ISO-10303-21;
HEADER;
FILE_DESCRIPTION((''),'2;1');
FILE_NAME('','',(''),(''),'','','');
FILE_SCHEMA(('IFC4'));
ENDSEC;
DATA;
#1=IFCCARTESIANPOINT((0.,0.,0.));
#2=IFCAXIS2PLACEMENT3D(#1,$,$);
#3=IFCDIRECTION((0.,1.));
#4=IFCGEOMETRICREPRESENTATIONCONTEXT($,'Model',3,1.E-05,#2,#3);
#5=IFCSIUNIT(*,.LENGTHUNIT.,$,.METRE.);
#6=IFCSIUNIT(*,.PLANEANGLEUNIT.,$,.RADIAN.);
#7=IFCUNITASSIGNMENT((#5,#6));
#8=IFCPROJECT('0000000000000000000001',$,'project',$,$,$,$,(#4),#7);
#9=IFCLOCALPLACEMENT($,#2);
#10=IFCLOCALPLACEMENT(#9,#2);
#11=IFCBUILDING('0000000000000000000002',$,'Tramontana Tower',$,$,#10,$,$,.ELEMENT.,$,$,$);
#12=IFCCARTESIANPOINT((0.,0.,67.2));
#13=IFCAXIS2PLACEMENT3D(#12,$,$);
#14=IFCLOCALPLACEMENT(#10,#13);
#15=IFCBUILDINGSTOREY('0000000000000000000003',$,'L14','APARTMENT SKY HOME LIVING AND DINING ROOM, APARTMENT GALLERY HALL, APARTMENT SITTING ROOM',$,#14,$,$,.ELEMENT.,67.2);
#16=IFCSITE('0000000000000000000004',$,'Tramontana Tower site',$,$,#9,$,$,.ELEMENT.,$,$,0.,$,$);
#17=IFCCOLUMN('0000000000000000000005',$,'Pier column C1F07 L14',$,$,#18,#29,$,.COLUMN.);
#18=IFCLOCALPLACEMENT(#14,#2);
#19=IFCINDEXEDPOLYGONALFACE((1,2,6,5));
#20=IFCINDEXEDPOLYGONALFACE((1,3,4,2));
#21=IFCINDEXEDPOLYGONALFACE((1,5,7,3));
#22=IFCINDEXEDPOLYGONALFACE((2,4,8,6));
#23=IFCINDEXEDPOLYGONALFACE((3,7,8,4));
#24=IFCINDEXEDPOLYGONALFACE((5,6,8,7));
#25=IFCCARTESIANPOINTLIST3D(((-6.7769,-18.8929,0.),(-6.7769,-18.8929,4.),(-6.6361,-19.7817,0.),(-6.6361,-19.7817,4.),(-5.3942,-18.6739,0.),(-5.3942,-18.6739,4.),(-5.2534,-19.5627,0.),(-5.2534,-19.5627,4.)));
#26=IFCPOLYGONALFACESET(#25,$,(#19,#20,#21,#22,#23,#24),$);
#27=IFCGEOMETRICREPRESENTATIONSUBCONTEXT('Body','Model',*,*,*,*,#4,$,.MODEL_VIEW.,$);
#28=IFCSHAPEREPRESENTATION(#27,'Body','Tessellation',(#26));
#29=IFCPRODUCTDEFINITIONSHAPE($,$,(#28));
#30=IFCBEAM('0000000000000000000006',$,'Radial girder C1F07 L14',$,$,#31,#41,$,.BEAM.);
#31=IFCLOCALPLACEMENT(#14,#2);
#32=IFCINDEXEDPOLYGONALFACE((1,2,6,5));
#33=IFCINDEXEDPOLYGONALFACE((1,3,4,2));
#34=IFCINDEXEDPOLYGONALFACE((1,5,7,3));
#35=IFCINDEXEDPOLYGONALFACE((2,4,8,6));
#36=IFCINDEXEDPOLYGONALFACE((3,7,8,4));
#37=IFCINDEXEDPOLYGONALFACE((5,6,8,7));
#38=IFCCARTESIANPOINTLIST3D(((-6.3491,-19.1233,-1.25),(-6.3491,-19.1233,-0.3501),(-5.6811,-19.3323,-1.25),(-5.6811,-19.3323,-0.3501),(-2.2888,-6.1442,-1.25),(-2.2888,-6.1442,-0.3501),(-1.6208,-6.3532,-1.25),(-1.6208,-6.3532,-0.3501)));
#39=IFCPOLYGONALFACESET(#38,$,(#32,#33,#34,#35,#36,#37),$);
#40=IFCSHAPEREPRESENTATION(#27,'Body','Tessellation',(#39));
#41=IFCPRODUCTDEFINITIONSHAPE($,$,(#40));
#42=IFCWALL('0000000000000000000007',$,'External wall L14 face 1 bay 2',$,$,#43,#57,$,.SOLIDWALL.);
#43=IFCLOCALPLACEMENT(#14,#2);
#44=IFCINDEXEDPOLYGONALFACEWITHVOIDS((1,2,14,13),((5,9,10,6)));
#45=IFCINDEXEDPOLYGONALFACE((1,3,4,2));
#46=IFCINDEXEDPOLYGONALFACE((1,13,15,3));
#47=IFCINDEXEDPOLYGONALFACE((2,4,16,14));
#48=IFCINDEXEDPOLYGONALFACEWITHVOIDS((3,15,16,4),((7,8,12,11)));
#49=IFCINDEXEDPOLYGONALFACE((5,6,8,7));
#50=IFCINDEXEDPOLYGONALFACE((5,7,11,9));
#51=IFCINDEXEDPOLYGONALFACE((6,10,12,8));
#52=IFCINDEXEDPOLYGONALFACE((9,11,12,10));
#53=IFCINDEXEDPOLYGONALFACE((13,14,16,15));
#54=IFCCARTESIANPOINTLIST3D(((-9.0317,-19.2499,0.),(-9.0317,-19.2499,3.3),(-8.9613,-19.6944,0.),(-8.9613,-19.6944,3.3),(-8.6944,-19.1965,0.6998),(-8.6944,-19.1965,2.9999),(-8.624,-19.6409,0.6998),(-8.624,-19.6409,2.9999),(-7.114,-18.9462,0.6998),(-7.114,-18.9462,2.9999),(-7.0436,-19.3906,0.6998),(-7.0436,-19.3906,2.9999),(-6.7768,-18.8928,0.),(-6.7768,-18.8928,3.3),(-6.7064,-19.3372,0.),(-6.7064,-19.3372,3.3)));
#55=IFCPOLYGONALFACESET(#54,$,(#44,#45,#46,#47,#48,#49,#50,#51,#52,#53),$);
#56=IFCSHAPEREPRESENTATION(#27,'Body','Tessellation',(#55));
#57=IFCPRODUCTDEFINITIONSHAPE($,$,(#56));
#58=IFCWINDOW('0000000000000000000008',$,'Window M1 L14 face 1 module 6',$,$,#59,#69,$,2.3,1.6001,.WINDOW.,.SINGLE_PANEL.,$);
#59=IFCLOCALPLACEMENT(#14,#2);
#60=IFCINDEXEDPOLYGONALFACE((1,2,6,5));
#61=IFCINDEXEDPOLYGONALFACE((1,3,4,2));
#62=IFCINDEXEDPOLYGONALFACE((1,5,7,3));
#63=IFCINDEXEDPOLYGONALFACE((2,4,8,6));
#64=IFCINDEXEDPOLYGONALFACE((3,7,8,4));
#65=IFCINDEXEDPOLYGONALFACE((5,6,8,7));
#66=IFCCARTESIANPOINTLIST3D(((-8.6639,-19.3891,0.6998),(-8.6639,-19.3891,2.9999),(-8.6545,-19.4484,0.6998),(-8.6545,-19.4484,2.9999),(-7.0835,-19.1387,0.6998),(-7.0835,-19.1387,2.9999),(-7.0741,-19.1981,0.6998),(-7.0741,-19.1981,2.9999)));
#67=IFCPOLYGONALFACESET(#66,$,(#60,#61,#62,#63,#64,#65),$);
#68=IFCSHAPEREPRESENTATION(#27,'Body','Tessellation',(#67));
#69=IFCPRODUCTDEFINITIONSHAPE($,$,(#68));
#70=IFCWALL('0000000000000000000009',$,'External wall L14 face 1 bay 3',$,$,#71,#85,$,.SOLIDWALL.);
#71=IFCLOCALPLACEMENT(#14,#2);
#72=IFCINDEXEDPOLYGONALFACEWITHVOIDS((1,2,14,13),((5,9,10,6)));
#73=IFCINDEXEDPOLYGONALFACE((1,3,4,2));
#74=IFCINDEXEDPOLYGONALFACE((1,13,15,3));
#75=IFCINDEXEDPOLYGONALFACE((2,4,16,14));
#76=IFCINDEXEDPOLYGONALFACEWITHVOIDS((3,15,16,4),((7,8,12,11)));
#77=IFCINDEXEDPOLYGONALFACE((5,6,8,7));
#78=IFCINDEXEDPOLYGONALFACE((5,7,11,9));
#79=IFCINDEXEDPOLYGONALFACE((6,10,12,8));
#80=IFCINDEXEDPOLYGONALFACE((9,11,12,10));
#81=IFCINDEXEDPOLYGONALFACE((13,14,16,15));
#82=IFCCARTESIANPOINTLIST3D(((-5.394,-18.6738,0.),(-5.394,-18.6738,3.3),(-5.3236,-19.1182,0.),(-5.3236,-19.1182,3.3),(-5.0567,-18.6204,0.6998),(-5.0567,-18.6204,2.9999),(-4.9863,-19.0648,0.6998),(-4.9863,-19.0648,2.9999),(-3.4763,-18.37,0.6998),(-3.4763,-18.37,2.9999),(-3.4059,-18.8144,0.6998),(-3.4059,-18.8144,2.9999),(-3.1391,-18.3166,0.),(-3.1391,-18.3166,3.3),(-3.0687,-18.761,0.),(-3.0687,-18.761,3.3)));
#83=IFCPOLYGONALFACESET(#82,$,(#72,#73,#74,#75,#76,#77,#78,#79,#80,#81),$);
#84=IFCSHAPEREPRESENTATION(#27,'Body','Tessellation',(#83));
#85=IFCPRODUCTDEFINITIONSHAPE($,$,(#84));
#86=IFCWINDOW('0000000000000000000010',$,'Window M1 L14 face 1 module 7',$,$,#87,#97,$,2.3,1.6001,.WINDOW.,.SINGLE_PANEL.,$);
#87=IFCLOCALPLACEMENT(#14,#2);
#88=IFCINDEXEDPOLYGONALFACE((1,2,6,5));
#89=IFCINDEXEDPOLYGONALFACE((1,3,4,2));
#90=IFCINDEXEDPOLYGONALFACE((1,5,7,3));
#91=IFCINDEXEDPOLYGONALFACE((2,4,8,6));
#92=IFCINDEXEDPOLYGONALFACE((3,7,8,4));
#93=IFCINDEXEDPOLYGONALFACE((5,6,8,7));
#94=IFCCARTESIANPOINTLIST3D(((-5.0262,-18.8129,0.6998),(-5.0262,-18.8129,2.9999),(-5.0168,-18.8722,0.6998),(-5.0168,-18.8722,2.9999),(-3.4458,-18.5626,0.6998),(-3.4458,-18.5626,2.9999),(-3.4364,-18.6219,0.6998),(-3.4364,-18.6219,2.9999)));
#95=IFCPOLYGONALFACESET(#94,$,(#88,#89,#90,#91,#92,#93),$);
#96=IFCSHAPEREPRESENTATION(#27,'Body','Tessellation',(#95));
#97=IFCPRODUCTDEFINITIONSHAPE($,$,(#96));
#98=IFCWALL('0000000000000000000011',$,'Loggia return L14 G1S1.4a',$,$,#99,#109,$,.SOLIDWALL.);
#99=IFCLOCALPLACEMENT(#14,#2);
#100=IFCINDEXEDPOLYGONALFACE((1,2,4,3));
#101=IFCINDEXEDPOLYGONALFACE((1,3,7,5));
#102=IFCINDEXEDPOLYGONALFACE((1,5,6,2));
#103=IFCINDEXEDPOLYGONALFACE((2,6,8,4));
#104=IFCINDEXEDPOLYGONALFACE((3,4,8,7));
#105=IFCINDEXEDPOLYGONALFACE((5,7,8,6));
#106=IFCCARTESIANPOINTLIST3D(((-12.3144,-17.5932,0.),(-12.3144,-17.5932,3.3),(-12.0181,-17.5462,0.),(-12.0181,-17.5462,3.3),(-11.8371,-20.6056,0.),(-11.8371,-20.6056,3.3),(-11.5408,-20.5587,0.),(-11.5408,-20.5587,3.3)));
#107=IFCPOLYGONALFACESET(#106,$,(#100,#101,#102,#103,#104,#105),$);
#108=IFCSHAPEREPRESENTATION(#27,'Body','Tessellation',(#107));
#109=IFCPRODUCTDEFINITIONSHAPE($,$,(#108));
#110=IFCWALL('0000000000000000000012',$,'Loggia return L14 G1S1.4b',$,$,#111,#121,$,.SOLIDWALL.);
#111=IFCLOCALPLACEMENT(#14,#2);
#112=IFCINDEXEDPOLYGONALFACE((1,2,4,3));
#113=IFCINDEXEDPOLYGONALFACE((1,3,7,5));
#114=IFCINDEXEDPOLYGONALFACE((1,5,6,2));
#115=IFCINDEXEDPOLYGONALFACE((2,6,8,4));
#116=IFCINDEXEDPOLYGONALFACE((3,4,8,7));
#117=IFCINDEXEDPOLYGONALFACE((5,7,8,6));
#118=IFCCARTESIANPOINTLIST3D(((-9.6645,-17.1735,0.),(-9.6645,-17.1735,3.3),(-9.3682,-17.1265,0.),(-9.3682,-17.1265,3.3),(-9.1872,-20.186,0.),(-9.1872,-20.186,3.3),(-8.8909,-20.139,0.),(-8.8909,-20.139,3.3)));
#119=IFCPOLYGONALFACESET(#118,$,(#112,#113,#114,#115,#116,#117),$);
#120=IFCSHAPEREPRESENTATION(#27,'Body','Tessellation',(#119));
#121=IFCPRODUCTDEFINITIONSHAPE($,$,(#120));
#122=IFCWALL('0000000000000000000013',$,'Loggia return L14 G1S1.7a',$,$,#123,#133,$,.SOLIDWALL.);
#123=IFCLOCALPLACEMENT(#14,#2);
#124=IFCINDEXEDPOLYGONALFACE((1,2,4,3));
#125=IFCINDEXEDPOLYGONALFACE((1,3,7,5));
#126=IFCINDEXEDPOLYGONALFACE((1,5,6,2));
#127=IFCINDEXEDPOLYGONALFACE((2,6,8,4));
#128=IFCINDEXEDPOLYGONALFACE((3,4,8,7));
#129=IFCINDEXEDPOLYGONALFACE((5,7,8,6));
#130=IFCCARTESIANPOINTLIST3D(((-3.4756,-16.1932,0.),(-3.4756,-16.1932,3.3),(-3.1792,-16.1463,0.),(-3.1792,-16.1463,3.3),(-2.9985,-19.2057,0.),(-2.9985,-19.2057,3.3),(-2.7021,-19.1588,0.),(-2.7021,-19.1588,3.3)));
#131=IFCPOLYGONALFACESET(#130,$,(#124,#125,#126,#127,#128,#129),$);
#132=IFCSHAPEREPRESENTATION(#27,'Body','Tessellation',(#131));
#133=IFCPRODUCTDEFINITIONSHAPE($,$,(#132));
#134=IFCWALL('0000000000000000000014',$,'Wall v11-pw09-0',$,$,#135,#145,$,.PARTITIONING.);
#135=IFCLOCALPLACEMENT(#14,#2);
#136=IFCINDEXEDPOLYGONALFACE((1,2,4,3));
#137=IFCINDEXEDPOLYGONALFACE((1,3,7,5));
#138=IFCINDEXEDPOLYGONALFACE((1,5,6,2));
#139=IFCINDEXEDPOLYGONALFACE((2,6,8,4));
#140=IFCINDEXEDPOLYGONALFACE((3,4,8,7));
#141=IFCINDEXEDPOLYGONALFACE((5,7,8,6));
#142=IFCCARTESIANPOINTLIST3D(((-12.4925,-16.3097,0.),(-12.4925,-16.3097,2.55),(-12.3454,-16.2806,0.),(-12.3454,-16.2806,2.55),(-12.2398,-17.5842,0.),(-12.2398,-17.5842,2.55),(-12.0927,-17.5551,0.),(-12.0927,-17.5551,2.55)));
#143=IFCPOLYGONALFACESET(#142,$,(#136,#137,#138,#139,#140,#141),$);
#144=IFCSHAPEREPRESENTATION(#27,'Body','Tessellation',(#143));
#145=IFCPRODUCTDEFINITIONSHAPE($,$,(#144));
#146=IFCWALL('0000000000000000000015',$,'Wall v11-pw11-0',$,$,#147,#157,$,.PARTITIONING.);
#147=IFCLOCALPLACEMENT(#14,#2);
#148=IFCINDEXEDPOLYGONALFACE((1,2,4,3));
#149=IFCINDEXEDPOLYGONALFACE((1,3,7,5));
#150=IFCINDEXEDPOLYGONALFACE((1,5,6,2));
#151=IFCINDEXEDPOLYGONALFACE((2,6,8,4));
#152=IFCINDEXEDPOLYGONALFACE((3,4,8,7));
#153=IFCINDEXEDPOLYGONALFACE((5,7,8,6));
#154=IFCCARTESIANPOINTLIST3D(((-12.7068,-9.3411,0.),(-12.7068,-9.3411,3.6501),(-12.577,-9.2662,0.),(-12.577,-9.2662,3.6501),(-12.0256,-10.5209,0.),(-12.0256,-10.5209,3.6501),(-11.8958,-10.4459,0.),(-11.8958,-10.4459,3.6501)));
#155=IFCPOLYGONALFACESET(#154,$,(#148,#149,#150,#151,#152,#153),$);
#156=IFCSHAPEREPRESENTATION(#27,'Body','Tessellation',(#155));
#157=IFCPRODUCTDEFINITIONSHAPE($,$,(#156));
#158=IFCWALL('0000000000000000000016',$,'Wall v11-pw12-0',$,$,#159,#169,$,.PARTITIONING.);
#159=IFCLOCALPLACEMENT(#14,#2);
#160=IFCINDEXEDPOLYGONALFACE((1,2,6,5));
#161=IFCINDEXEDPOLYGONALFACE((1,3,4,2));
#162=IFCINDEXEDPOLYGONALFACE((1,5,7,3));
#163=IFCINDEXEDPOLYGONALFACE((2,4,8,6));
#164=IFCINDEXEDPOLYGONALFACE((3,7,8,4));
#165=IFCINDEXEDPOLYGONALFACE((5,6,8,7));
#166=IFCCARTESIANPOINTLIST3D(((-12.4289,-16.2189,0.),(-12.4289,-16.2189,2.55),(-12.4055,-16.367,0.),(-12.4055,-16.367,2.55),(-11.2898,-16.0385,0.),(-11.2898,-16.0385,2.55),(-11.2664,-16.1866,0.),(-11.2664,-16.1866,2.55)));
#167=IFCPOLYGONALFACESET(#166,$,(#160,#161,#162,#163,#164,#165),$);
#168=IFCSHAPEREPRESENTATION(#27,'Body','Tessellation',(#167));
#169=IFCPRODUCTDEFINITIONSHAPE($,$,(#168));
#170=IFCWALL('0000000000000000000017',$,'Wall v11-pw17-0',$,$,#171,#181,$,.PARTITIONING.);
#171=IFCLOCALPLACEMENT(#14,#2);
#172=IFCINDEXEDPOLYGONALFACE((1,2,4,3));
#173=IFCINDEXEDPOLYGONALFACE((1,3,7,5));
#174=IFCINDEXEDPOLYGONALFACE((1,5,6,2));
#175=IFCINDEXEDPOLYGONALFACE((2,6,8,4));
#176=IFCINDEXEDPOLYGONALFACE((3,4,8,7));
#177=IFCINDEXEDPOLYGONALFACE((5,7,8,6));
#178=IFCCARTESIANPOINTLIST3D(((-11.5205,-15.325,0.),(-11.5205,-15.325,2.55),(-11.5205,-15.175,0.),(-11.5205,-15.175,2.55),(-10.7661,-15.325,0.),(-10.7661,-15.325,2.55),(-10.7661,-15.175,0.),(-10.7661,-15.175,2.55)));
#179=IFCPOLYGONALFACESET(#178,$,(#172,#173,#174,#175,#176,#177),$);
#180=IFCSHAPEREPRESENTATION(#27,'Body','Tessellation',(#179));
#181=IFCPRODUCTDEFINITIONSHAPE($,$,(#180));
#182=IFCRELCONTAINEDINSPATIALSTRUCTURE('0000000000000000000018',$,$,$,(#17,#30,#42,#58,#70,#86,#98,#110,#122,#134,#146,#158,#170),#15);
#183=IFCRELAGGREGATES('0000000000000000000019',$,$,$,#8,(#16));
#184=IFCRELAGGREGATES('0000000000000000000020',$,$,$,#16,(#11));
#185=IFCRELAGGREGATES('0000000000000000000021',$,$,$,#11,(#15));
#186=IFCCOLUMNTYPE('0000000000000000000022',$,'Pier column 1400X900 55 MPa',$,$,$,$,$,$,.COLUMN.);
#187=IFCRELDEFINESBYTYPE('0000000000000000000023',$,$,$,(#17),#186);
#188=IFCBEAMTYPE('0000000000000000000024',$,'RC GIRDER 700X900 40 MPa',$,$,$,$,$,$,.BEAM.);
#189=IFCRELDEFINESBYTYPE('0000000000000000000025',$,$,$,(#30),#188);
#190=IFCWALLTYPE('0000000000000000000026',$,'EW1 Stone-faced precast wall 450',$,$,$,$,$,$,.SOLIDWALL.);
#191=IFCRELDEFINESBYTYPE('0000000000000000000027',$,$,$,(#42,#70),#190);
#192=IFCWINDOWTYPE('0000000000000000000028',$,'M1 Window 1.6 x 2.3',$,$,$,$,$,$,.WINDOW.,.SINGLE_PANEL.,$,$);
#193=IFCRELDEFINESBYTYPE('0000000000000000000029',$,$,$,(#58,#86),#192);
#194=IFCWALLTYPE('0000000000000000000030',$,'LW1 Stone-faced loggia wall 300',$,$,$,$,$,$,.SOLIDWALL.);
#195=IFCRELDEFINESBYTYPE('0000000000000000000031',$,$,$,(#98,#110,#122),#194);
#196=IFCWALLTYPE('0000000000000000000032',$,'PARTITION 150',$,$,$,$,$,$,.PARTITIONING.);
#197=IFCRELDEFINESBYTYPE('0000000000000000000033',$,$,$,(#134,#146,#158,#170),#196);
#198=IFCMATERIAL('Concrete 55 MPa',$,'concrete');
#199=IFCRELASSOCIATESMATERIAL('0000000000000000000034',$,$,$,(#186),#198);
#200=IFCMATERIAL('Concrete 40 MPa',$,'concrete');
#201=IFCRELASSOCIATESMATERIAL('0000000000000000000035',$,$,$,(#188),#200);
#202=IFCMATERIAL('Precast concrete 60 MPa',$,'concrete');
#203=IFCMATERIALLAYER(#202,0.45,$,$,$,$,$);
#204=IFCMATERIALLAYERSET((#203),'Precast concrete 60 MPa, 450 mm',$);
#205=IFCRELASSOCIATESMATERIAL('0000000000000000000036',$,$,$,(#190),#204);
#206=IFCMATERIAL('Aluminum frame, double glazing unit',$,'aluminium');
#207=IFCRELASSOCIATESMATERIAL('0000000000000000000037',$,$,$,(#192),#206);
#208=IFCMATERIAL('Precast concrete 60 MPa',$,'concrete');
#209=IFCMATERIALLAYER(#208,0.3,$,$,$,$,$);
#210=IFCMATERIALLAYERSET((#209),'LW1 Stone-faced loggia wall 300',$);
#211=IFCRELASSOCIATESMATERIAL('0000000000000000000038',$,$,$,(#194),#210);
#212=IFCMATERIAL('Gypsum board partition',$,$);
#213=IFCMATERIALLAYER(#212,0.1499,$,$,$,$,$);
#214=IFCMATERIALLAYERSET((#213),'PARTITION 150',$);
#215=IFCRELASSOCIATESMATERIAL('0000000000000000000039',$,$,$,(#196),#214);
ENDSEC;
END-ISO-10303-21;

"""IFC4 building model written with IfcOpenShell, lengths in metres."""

from ifc_helpers import new_model, si_unit, direction, frame, frame_2d, origin, origin_2d, place, context, subcontext, project, spatial, rectangle, extrude, material, layer, layer_set, material_profile, profile_set, type_object, element, fill, save


model = new_model("IFC4")

# Units and contexts
model_context = context("Model", 3, precision=1e-05, world=origin(), true_north=direction((0.0, 1.0)))
body_context = subcontext(model_context, "Body", "Model", "MODEL_VIEW")
ifc_project = project(units=[si_unit("LENGTHUNIT", "METRE"), si_unit("PLANEANGLEUNIT", "RADIAN")], contexts=[model_context])

# Site, building, storey
site_placement = place(None, origin())
site = spatial("IfcSite", under=ifc_project, at=site_placement, Name="Tramontana Tower site", CompositionType="ELEMENT", RefElevation=0.0)
building_placement = place(site_placement, origin())
building = spatial("IfcBuilding", under=site, at=building_placement, Name="Tramontana Tower", CompositionType="ELEMENT")
storey_placement = place(building_placement, frame((0.0, 0.0, 67.2)))
storey = spatial("IfcBuildingStorey", under=building, at=storey_placement, Name="L14", Description="APARTMENT SKY HOME LIVING AND DINING ROOM, APARTMENT GALLERY HALL, APARTMENT SITTING ROOM", CompositionType="ELEMENT", Elevation=67.2)

# Column
ifc_material_1 = material(Name="Concrete 55 MPa", Category="concrete")
ifc_material_profile_1 = material_profile(ifc_material_1, rectangle(XDim=1.3999, YDim=0.8999, at=origin_2d()), Name="Pier column 1400X900 55 MPa")
ifc_profile_set_1 = profile_set([ifc_material_profile_1], Name="Concrete 55 MPa")
column_type = type_object("IfcColumnType", Name="Pier column 1400X900 55 MPa", PredefinedType="COLUMN", material=ifc_profile_set_1)
column_placement = place(storey_placement, frame((-6.0151, -19.2278, 0.0), z_axis=(0.0, 0.0, 1.0), x_axis=(0.987688, 0.156434, 0.0)))
element("IfcColumn", 1, at=column_placement, inside=storey, type_object=column_type, Name="Pier column C1F07 L14", PredefinedType="COLUMN", context=body_context, shape_type="SweptSolid", body=[
    extrude(rectangle(XDim=1.3999, YDim=0.8999, at=origin_2d()), origin(), (0.0, 0.0, 1.0), 4.0),
])

# Beam
ifc_material_2 = material(Name="Concrete 40 MPa", Category="concrete")
ifc_material_profile_2 = material_profile(ifc_material_2, rectangle(XDim=0.7, YDim=0.8999, at=origin_2d()), Name="RC GIRDER 700X900 40 MPa")
ifc_profile_set_2 = profile_set([ifc_material_profile_2], Name="Concrete 40 MPa")
beam_type = type_object("IfcBeamType", Name="RC GIRDER 700X900 40 MPa", PredefinedType="BEAM", material=ifc_profile_set_2)
beam_placement = place(storey_placement, frame((-6.0151, -19.2278, -0.8), z_axis=(0.298567, 0.954389, 0.0), x_axis=(-0.954389, 0.298567, 0.0)))
element("IfcBeam", 2, at=beam_placement, inside=storey, type_object=beam_type, Name="Radial girder C1F07 L14", PredefinedType="BEAM", context=body_context, shape_type="SweptSolid", body=[
    extrude(rectangle(XDim=0.7, YDim=0.8999, at=origin_2d()), origin(), (0.0, 0.0, 1.0), 13.5994),
])

# Walls, openings, windows
ifc_material_3 = material(Name="Precast concrete 60 MPa", Category="concrete")
ifc_layer_1 = layer(ifc_material_3, 0.45)
ifc_layer_set_1 = layer_set([ifc_layer_1], Name="Precast concrete 60 MPa, 450 mm")
wall_type_1 = type_object("IfcWallType", Name="EW1 Stone-faced precast wall 450", PredefinedType="SOLIDWALL", material=ifc_layer_set_1)
wall_1_placement = place(storey_placement, frame((-8.9966, -19.4722, 0.0), z_axis=(0.0, 0.0, 1.0), x_axis=(0.987686, 0.156451, 0.0)))
wall_1 = element("IfcWall", 3, at=wall_1_placement, inside=storey, type_object=wall_type_1, Name="External wall L14 face 1 bay 2", PredefinedType="SOLIDWALL", context=body_context, shape_type="SweptSolid", body=[
    extrude(rectangle(XDim=2.283, YDim=0.45, at=frame_2d((1.1416, 0.0))), origin(), (0.0, 0.0, 1.0), 3.3),
])
opening_1_placement = place(wall_1_placement, frame((0.3416, 0.0, 0.7)))
opening_1 = element("IfcOpeningElement", 4, at=opening_1_placement, cuts=wall_1, PredefinedType="OPENING", context=body_context, shape_type="SweptSolid", body=[
    extrude(rectangle(XDim=1.6001, YDim=2.3, at=frame_2d((0.8, 1.1499))), frame((0.0, 0.2349, 0.0), z_axis=(0.0, -1.0, 0.0), x_axis=(1.0, 0.0, 0.0)), (0.0, 0.0, 1.0), 0.47),
])
ifc_material_4 = material(Name="Aluminum frame, double glazing unit", Category="aluminium")
window_type = type_object("IfcWindowType", Name="M1 Window 1.6 x 2.3", PartitioningType="SINGLE_PANEL", PredefinedType="WINDOW", material=ifc_material_4)
window_1_placement = place(opening_1_placement, origin())
window_1 = element("IfcWindow", 5, at=window_1_placement, inside=storey, type_object=window_type, Name="Window M1 L14 face 1 module 6", OverallHeight=2.3, OverallWidth=1.6001, PartitioningType="SINGLE_PANEL", PredefinedType="WINDOW", context=body_context, shape_type="SweptSolid", body=[
    extrude(rectangle(XDim=1.6001, YDim=2.3, at=frame_2d((0.8, 1.1499))), frame((0.0, 0.03, 0.0), z_axis=(0.0, -1.0, 0.0), x_axis=(1.0, 0.0, 0.0)), (0.0, 0.0, 1.0), 0.0601),
])
fill(opening_1, window_1)
wall_2_placement = place(storey_placement, frame((-5.3589, -18.896, 0.0), z_axis=(0.0, 0.0, 1.0), x_axis=(0.987686, 0.156451, 0.0)))
wall_2 = element("IfcWall", 6, at=wall_2_placement, inside=storey, type_object=wall_type_1, Name="External wall L14 face 1 bay 3", PredefinedType="SOLIDWALL", context=body_context, shape_type="SweptSolid", body=[
    extrude(rectangle(XDim=2.283, YDim=0.45, at=frame_2d((1.1416, 0.0))), origin(), (0.0, 0.0, 1.0), 3.3),
])
opening_2_placement = place(wall_2_placement, frame((0.3416, 0.0, 0.7)))
opening_2 = element("IfcOpeningElement", 7, at=opening_2_placement, cuts=wall_2, PredefinedType="OPENING", context=body_context, shape_type="SweptSolid", body=[
    extrude(rectangle(XDim=1.6001, YDim=2.3, at=frame_2d((0.8, 1.1499))), frame((0.0, 0.2349, 0.0), z_axis=(0.0, -1.0, 0.0), x_axis=(1.0, 0.0, 0.0)), (0.0, 0.0, 1.0), 0.47),
])
window_2_placement = place(opening_2_placement, origin())
window_2 = element("IfcWindow", 8, at=window_2_placement, inside=storey, type_object=window_type, Name="Window M1 L14 face 1 module 7", OverallHeight=2.3, OverallWidth=1.6001, PartitioningType="SINGLE_PANEL", PredefinedType="WINDOW", context=body_context, shape_type="SweptSolid", body=[
    extrude(rectangle(XDim=1.6001, YDim=2.3, at=frame_2d((0.8, 1.1499))), frame((0.0, 0.03, 0.0), z_axis=(0.0, -1.0, 0.0), x_axis=(1.0, 0.0, 0.0)), (0.0, 0.0, 1.0), 0.0601),
])
fill(opening_2, window_2)

# Shared definitions
ifc_material_5 = material(Name="Precast concrete 60 MPa", Category="concrete")
ifc_layer_2 = layer(ifc_material_5, 0.3)
ifc_layer_set_2 = layer_set([ifc_layer_2], Name="LW1 Stone-faced loggia wall 300")
wall_type_2 = type_object("IfcWallType", Name="LW1 Stone-faced loggia wall 300", PredefinedType="SOLIDWALL", material=ifc_layer_set_2)

# Walls
for number, where, z_axis, x_axis, name in (
    (9, (-11.689, -20.582, 0.0), (0.0, 0.0, 1.0), (-0.156489, 0.98768, 0.0), "Loggia return L14 G1S1.4a"),
    (10, (-9.0391, -20.1624, 0.0), (0.0, 0.0, 1.0), (-0.156489, 0.98768, 0.0), "Loggia return L14 G1S1.4b"),
):
    element("IfcWall", number, at=place(storey_placement, frame(where, z_axis=z_axis, x_axis=x_axis)), inside=storey, type_object=wall_type_2, Name=name, PredefinedType="SOLIDWALL", context=body_context, shape_type="SweptSolid", body=[
        extrude(rectangle(XDim=3.05, YDim=0.3, at=frame_2d((1.5249, 0.0))), origin(), (0.0, 0.0, 1.0), 3.3),
    ])

# Walls
wall_3_placement = place(storey_placement, frame((-2.8503, -19.1821, 0.0), z_axis=(0.0, 0.0, 1.0), x_axis=(-0.156411, 0.987692, 0.0)))
element("IfcWall", 11, at=wall_3_placement, inside=storey, type_object=wall_type_2, Name="Loggia return L14 G1S1.7a", PredefinedType="SOLIDWALL", context=body_context, shape_type="SweptSolid", body=[
    extrude(rectangle(XDim=3.05, YDim=0.3, at=frame_2d((1.5249, 0.0))), origin(), (0.0, 0.0, 1.0), 3.3),
])
ifc_material_6 = material(Name="Gypsum board partition")
ifc_layer_3 = layer(ifc_material_6, 0.1499)
ifc_layer_set_3 = layer_set([ifc_layer_3], Name="PARTITION 150")
wall_type_3 = type_object("IfcWallType", Name="PARTITION 150", PredefinedType="PARTITIONING", material=ifc_layer_set_3)
wall_4_placement = place(storey_placement, frame((-12.4189, -16.2952, 0.0), z_axis=(0.0, 0.0, 1.0), x_axis=(0.19449, -0.980905, 0.0)))
element("IfcWall", 12, at=wall_4_placement, inside=storey, type_object=wall_type_3, Name="Wall v11-pw09-0", PredefinedType="PARTITIONING", context=body_context, shape_type="SweptSolid", body=[
    extrude(rectangle(XDim=1.2993, YDim=0.1499, at=frame_2d((0.6497, 0.0))), origin(), (0.0, 0.0, 1.0), 2.55),
])
wall_5_placement = place(storey_placement, frame((-11.9607, -10.4834, 0.0), z_axis=(0.0, 0.0, 1.0), x_axis=(-0.500033, 0.866007, 0.0)))
element("IfcWall", 13, at=wall_5_placement, inside=storey, type_object=wall_type_3, Name="Wall v11-pw11-0", PredefinedType="PARTITIONING", context=body_context, shape_type="SweptSolid", body=[
    extrude(rectangle(XDim=1.3623, YDim=0.1499, at=frame_2d((0.6812, 0.0))), origin(), (0.0, 0.0, 1.0), 3.6501),
])
wall_6_placement = place(storey_placement, frame((-11.2781, -16.1125, 0.0), z_axis=(0.0, 0.0, 1.0), x_axis=(-0.987689, -0.15643, 0.0)))
element("IfcWall", 14, at=wall_6_placement, inside=storey, type_object=wall_type_3, Name="Wall v11-pw12-0", PredefinedType="PARTITIONING", context=body_context, shape_type="SweptSolid", body=[
    extrude(rectangle(XDim=1.1533, YDim=0.1499, at=frame_2d((0.5767, 0.0))), origin(), (0.0, 0.0, 1.0), 2.55),
])
wall_7_placement = place(storey_placement, frame((-10.7661, -15.25, 0.0), z_axis=(0.0, 0.0, 1.0), x_axis=(-1.0, 0.0, 0.0)))
element("IfcWall", 15, at=wall_7_placement, inside=storey, type_object=wall_type_3, Name="Wall v11-pw17-0", PredefinedType="PARTITIONING", context=body_context, shape_type="SweptSolid", body=[
    extrude(rectangle(XDim=0.7544, YDim=0.1499, at=frame_2d((0.3772, 0.0))), origin(), (0.0, 0.0, 1.0), 2.55),
])

save(model, "model.ifc")
